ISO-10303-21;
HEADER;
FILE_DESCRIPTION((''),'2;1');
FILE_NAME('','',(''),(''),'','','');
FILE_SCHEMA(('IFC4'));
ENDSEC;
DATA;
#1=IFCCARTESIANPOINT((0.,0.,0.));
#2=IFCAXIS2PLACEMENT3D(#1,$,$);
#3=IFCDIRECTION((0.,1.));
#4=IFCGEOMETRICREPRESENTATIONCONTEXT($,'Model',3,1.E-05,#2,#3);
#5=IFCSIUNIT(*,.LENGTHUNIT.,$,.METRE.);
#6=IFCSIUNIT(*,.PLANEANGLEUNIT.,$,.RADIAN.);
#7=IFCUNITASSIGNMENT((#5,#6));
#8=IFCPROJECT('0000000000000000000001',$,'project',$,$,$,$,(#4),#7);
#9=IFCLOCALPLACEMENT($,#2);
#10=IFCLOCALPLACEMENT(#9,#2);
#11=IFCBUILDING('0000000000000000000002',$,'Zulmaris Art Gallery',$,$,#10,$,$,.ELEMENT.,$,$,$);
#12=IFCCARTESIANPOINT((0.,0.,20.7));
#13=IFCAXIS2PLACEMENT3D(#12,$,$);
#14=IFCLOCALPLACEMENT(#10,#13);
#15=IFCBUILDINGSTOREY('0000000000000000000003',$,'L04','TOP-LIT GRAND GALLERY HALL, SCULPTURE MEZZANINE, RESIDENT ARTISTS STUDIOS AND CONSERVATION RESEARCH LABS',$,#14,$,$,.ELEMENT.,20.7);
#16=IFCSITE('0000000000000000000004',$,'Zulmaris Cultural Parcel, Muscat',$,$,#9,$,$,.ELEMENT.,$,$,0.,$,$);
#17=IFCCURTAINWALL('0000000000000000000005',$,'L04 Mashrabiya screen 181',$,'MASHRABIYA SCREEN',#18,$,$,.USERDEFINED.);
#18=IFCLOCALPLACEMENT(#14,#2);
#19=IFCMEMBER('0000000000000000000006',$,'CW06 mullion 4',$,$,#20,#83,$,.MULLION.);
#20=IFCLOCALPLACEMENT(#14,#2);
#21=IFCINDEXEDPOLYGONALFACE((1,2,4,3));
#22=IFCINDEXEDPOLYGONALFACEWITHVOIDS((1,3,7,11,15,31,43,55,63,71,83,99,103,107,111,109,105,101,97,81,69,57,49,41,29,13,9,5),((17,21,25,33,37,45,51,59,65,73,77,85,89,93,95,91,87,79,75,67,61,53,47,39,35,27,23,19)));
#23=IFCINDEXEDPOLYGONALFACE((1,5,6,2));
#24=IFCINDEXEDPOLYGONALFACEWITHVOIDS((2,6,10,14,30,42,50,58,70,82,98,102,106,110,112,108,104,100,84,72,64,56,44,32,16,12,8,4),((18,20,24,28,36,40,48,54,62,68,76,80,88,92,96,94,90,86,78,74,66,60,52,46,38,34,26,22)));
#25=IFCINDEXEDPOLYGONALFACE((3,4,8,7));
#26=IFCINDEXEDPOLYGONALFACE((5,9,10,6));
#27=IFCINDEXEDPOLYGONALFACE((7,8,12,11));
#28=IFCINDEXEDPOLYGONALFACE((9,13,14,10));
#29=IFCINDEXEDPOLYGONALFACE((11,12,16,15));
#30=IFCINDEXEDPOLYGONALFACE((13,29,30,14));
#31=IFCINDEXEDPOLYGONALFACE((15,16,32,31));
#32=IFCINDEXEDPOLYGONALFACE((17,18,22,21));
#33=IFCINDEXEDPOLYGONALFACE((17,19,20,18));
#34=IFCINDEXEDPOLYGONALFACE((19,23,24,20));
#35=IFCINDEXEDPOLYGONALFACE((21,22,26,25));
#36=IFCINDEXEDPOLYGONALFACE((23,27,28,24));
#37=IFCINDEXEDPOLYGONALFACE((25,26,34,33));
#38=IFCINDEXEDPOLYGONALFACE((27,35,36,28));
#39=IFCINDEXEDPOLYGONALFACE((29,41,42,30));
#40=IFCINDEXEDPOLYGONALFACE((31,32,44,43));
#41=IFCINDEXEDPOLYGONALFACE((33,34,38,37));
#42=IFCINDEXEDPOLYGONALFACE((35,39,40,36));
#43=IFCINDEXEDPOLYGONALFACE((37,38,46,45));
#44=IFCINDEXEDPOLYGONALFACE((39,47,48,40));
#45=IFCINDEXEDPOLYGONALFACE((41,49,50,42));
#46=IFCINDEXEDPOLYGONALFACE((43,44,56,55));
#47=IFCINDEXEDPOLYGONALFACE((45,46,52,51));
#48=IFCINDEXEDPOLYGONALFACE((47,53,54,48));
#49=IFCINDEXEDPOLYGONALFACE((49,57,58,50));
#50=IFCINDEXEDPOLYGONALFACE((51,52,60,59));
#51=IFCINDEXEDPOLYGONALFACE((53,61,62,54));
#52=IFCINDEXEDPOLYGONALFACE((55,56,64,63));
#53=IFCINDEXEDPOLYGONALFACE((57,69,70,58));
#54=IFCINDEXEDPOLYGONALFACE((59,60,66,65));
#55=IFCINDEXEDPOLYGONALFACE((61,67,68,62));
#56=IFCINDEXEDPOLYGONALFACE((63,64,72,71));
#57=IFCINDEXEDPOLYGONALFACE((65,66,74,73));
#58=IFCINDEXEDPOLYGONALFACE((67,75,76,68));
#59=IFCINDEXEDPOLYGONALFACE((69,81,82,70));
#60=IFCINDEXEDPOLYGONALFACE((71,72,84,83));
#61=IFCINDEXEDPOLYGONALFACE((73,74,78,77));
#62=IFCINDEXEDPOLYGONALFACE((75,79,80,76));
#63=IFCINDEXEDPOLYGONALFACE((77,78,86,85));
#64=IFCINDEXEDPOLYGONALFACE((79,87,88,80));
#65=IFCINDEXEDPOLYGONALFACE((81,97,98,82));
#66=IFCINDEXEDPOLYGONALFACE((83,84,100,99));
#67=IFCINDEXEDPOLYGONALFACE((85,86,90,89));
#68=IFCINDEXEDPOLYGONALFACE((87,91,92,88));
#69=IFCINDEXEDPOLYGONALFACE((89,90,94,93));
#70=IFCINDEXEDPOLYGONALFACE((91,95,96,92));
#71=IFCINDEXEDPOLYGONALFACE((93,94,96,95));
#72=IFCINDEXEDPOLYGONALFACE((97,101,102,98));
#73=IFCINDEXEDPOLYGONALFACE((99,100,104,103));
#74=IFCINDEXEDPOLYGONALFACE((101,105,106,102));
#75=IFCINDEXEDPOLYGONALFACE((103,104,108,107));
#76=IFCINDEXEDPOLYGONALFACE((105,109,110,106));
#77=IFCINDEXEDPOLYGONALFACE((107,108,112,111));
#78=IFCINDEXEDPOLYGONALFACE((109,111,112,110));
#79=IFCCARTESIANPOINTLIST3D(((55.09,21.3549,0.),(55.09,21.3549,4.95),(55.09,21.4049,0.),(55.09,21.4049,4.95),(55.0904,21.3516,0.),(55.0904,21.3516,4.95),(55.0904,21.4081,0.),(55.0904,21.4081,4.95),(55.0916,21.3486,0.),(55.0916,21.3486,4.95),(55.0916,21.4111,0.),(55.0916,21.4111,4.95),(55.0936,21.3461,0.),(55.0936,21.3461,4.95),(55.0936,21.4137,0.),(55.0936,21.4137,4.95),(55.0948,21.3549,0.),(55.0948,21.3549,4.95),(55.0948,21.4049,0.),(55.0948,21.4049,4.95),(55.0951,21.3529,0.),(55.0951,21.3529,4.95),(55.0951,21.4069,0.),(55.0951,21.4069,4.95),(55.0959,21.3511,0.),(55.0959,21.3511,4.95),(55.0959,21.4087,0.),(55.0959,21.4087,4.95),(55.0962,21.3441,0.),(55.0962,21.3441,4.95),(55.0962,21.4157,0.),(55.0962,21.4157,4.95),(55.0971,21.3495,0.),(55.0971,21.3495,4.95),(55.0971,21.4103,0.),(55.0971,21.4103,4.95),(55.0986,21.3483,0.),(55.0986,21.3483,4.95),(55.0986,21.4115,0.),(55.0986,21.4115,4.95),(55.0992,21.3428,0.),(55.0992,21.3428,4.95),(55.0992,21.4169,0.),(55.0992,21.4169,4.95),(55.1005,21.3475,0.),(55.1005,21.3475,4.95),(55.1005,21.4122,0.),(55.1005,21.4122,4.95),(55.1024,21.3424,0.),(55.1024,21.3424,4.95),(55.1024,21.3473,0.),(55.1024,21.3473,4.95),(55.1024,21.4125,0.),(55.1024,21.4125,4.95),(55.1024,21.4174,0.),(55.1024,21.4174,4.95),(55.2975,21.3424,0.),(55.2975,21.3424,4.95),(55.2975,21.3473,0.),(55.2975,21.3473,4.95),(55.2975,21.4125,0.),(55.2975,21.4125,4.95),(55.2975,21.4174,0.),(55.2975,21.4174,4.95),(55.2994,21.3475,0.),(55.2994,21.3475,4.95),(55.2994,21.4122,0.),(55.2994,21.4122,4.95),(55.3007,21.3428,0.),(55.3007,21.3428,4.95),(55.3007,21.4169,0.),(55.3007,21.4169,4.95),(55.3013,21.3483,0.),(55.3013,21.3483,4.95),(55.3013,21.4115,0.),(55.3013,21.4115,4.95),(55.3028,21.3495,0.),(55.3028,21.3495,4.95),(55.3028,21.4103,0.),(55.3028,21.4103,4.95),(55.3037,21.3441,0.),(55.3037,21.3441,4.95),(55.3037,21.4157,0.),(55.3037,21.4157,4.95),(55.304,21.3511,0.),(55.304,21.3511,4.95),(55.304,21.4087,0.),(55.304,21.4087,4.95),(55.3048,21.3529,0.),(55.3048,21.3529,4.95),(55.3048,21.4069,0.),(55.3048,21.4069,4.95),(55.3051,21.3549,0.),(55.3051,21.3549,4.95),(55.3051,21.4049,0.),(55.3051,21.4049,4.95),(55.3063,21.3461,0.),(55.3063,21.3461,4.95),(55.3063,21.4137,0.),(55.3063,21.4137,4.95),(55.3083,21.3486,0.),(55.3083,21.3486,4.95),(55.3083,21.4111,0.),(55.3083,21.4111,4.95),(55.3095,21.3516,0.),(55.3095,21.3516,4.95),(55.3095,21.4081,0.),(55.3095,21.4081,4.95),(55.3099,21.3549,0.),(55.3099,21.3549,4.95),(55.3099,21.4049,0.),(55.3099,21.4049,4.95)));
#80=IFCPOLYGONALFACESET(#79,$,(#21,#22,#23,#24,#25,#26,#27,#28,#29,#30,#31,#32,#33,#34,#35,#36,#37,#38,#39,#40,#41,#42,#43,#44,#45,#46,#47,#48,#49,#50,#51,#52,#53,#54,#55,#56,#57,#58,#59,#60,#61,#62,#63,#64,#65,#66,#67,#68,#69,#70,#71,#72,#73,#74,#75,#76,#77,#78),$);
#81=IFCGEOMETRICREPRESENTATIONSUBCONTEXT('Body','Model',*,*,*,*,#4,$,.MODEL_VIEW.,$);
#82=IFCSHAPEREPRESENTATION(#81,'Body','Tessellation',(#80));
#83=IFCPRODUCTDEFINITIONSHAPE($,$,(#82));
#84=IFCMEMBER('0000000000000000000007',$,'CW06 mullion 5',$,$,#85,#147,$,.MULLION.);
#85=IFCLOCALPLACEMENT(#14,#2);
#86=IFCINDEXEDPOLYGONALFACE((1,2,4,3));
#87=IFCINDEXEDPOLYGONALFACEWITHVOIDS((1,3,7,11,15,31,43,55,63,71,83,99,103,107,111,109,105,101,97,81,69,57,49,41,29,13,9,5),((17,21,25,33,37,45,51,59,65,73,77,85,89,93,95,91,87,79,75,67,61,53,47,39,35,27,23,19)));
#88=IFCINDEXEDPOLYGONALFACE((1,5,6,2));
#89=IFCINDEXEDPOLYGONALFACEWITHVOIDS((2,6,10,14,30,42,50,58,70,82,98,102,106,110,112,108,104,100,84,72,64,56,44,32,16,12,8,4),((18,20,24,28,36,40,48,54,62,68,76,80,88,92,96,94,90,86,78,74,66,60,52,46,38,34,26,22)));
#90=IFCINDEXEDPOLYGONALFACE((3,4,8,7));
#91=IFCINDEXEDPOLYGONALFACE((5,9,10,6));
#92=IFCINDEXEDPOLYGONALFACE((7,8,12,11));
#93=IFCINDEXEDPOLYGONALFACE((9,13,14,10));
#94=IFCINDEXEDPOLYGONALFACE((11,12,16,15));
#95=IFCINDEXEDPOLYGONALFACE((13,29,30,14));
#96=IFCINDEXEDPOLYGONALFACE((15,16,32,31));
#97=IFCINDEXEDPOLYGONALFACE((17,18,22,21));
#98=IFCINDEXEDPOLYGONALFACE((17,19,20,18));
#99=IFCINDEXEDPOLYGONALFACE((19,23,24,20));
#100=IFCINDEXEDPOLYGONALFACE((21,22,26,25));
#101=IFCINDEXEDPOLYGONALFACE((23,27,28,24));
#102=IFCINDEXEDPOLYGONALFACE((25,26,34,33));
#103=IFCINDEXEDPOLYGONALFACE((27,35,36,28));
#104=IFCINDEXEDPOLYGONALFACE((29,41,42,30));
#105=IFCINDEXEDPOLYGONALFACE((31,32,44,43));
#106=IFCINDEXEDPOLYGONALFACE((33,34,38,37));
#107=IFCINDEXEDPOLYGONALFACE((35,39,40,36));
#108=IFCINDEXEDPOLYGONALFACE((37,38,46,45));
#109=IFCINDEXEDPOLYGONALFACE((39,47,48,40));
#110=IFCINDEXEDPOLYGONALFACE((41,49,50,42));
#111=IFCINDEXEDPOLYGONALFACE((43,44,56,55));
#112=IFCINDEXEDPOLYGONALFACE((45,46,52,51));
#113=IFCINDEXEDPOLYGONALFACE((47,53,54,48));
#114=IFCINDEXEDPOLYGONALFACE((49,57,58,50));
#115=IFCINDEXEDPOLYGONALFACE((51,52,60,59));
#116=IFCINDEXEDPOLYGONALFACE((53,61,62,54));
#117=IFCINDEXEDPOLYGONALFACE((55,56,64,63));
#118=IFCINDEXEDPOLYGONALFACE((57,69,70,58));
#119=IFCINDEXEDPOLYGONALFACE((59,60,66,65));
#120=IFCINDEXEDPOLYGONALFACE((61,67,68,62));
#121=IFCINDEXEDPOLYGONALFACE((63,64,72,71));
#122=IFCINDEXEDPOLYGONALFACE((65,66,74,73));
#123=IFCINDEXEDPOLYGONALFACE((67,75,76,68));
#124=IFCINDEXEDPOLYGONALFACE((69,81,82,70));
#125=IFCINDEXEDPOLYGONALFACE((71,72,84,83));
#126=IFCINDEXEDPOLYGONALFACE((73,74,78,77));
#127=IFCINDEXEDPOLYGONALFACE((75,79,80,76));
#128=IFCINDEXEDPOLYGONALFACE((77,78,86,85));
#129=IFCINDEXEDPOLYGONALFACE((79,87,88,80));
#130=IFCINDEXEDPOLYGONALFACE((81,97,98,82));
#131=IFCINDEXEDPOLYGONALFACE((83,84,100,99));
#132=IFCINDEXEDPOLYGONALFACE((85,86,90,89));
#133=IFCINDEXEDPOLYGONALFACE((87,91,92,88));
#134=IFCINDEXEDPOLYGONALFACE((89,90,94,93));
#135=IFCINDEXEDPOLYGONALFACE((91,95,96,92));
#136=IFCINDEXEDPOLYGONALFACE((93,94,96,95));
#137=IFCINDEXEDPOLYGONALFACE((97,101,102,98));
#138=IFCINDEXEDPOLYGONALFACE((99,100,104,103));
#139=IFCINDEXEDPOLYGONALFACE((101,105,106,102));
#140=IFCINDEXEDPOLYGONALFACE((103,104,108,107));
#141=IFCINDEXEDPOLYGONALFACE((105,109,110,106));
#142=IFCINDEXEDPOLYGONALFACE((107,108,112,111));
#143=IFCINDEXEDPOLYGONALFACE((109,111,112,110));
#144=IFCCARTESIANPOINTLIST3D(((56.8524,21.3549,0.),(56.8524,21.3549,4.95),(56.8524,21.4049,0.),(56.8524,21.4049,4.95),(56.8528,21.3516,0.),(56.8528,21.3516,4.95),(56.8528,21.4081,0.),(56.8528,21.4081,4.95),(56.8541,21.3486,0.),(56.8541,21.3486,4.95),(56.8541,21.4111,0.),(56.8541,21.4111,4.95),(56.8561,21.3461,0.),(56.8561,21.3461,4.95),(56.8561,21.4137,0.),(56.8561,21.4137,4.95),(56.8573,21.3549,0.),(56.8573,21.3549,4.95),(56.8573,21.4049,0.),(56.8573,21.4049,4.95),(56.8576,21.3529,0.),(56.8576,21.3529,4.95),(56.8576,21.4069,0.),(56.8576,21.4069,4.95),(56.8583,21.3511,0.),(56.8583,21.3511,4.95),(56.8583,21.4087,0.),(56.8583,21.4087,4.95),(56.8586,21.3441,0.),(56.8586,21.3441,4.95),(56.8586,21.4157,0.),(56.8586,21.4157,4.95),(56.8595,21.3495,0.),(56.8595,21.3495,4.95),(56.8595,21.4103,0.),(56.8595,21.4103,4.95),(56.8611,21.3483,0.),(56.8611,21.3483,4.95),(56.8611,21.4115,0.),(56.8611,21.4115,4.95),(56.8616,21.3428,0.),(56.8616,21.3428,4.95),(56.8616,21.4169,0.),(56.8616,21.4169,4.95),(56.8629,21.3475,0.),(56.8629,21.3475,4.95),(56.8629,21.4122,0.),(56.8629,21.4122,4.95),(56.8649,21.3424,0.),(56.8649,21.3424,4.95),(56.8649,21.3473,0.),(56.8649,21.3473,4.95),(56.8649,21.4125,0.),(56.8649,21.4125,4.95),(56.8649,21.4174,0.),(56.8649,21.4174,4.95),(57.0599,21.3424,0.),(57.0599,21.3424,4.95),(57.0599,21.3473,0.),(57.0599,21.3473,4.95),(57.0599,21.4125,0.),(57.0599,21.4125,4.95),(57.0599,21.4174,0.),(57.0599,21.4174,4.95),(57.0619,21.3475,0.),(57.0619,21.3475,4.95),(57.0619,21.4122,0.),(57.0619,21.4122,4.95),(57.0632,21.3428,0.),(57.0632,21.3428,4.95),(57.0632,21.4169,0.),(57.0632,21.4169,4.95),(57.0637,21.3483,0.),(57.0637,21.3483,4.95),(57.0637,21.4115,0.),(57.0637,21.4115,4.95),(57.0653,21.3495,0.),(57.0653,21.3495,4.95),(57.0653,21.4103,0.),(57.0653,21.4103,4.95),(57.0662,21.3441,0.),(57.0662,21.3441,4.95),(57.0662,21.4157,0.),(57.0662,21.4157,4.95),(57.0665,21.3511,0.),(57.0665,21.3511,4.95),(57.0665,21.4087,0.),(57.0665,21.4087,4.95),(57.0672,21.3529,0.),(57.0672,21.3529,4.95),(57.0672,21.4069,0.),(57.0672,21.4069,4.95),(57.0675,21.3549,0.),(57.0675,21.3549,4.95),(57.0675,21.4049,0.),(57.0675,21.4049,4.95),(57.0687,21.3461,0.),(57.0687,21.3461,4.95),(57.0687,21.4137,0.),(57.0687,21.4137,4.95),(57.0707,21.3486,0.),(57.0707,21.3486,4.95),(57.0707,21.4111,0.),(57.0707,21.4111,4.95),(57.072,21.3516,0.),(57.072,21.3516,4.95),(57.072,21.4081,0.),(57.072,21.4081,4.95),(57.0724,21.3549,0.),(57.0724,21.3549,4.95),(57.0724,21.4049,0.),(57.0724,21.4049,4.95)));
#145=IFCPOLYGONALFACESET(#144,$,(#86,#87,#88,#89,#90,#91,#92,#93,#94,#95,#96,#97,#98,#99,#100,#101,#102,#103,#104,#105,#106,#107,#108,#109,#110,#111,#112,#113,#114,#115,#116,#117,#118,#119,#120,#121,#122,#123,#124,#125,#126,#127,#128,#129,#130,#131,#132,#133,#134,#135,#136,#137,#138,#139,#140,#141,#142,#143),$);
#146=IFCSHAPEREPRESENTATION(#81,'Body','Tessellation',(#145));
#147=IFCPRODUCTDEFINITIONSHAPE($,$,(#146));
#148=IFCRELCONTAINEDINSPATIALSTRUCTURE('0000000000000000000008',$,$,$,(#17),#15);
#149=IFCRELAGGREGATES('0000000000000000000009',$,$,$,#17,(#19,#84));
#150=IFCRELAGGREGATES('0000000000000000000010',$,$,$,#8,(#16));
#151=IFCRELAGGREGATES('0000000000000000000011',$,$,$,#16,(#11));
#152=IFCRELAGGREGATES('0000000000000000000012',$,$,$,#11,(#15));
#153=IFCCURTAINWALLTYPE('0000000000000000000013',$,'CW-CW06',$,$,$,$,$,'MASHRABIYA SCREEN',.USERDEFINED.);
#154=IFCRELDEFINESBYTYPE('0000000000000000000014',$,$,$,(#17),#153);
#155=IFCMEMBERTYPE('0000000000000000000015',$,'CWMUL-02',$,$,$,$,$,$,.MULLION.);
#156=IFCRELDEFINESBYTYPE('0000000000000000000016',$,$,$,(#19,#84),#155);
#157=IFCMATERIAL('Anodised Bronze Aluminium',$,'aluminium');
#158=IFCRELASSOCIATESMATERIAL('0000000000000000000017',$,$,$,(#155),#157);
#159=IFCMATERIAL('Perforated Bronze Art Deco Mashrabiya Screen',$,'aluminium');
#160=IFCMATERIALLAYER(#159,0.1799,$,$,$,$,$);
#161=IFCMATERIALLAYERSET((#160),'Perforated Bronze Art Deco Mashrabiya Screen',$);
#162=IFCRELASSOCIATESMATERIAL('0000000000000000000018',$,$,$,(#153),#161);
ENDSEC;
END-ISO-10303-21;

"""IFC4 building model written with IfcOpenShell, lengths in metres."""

from ifc_helpers import new_model, si_unit, direction, frame, origin, origin_2d, place, context, subcontext, project, spatial, hollow_rectangle, extrude, material, layer, layer_set, material_profile, profile_set, type_object, element, aggregate, save


model = new_model("IFC4")

# Units and contexts
model_context = context("Model", 3, precision=1e-05, world=origin(), true_north=direction((0.0, 1.0)))
body_context = subcontext(model_context, "Body", "Model", "MODEL_VIEW")
ifc_project = project(units=[si_unit("LENGTHUNIT", "METRE"), si_unit("PLANEANGLEUNIT", "RADIAN")], contexts=[model_context])

# Site, building, storey
site_placement = place(None, origin())
site = spatial("IfcSite", under=ifc_project, at=site_placement, Name="Zulmaris Cultural Parcel, Muscat", CompositionType="ELEMENT", RefElevation=0.0)
building_placement = place(site_placement, origin())
building = spatial("IfcBuilding", under=site, at=building_placement, Name="Zulmaris Art Gallery", CompositionType="ELEMENT")
storey_placement = place(building_placement, frame((0.0, 0.0, 20.7)))
storey = spatial("IfcBuildingStorey", under=building, at=storey_placement, Name="L04", Description="TOP-LIT GRAND GALLERY HALL, SCULPTURE MEZZANINE, RESIDENT ARTISTS STUDIOS AND CONSERVATION RESEARCH LABS", CompositionType="ELEMENT", Elevation=20.7)

# Shared definitions
ifc_material_1 = material(Name="Anodised Bronze Aluminium", Category="aluminium")
ifc_material_profile_1 = material_profile(ifc_material_1, hollow_rectangle(XDim=0.075, YDim=0.22, WallThickness=0.0049, InnerFilletRadius=0.0076, OuterFilletRadius=0.0125, at=origin_2d()), Name="ALU 75x220x5")
ifc_profile_set_1 = profile_set([ifc_material_profile_1], Name="Anodised Bronze Aluminium")
member_type_1 = type_object("IfcMemberType", Name="CWMUL-02", PredefinedType="MULLION", material=ifc_profile_set_1)

# Curtain wall, members
ifc_material_2 = material(Name="Perforated Bronze Art Deco Mashrabiya Screen", Category="aluminium")
ifc_layer_1 = layer(ifc_material_2, 0.1799)
ifc_layer_set_1 = layer_set([ifc_layer_1], Name="Perforated Bronze Art Deco Mashrabiya Screen")
curtain_wall_type_1 = type_object("IfcCurtainWallType", Name="CW-CW06", ElementType="MASHRABIYA SCREEN", PredefinedType="USERDEFINED", material=ifc_layer_set_1)
curtain_wall_1_placement = place(storey_placement, origin())
curtain_wall_1 = element("IfcCurtainWall", 1, at=curtain_wall_1_placement, inside=storey, type_object=curtain_wall_type_1, Name="L04 Mashrabiya screen 181", ObjectType="MASHRABIYA SCREEN", PredefinedType="USERDEFINED")
member_1_placement = place(storey_placement, frame((55.2, 21.3799, 0.0), z_axis=(0.0, 0.0, 1.0), x_axis=(0.0, 1.0, 0.0)))
member_1 = element("IfcMember", 2, at=member_1_placement, type_object=member_type_1, Name="CW06 mullion 4", PredefinedType="MULLION", context=body_context, shape_type="SweptSolid", body=[
    extrude(hollow_rectangle(XDim=0.075, YDim=0.22, WallThickness=0.0049, InnerFilletRadius=0.0076, OuterFilletRadius=0.0125, at=origin_2d()), origin(), (0.0, 0.0, 1.0), 4.95),
])
member_2_placement = place(storey_placement, frame((56.9624, 21.3799, 0.0), z_axis=(0.0, 0.0, 1.0), x_axis=(0.0, 1.0, 0.0)))
member_2 = element("IfcMember", 3, at=member_2_placement, type_object=member_type_1, Name="CW06 mullion 5", PredefinedType="MULLION", context=body_context, shape_type="SweptSolid", body=[
    extrude(hollow_rectangle(XDim=0.075, YDim=0.22, WallThickness=0.0049, InnerFilletRadius=0.0076, OuterFilletRadius=0.0125, at=origin_2d()), origin(), (0.0, 0.0, 1.0), 4.95),
])

aggregate(curtain_wall_1, [member_1, member_2])

save(model, "model.ifc")
